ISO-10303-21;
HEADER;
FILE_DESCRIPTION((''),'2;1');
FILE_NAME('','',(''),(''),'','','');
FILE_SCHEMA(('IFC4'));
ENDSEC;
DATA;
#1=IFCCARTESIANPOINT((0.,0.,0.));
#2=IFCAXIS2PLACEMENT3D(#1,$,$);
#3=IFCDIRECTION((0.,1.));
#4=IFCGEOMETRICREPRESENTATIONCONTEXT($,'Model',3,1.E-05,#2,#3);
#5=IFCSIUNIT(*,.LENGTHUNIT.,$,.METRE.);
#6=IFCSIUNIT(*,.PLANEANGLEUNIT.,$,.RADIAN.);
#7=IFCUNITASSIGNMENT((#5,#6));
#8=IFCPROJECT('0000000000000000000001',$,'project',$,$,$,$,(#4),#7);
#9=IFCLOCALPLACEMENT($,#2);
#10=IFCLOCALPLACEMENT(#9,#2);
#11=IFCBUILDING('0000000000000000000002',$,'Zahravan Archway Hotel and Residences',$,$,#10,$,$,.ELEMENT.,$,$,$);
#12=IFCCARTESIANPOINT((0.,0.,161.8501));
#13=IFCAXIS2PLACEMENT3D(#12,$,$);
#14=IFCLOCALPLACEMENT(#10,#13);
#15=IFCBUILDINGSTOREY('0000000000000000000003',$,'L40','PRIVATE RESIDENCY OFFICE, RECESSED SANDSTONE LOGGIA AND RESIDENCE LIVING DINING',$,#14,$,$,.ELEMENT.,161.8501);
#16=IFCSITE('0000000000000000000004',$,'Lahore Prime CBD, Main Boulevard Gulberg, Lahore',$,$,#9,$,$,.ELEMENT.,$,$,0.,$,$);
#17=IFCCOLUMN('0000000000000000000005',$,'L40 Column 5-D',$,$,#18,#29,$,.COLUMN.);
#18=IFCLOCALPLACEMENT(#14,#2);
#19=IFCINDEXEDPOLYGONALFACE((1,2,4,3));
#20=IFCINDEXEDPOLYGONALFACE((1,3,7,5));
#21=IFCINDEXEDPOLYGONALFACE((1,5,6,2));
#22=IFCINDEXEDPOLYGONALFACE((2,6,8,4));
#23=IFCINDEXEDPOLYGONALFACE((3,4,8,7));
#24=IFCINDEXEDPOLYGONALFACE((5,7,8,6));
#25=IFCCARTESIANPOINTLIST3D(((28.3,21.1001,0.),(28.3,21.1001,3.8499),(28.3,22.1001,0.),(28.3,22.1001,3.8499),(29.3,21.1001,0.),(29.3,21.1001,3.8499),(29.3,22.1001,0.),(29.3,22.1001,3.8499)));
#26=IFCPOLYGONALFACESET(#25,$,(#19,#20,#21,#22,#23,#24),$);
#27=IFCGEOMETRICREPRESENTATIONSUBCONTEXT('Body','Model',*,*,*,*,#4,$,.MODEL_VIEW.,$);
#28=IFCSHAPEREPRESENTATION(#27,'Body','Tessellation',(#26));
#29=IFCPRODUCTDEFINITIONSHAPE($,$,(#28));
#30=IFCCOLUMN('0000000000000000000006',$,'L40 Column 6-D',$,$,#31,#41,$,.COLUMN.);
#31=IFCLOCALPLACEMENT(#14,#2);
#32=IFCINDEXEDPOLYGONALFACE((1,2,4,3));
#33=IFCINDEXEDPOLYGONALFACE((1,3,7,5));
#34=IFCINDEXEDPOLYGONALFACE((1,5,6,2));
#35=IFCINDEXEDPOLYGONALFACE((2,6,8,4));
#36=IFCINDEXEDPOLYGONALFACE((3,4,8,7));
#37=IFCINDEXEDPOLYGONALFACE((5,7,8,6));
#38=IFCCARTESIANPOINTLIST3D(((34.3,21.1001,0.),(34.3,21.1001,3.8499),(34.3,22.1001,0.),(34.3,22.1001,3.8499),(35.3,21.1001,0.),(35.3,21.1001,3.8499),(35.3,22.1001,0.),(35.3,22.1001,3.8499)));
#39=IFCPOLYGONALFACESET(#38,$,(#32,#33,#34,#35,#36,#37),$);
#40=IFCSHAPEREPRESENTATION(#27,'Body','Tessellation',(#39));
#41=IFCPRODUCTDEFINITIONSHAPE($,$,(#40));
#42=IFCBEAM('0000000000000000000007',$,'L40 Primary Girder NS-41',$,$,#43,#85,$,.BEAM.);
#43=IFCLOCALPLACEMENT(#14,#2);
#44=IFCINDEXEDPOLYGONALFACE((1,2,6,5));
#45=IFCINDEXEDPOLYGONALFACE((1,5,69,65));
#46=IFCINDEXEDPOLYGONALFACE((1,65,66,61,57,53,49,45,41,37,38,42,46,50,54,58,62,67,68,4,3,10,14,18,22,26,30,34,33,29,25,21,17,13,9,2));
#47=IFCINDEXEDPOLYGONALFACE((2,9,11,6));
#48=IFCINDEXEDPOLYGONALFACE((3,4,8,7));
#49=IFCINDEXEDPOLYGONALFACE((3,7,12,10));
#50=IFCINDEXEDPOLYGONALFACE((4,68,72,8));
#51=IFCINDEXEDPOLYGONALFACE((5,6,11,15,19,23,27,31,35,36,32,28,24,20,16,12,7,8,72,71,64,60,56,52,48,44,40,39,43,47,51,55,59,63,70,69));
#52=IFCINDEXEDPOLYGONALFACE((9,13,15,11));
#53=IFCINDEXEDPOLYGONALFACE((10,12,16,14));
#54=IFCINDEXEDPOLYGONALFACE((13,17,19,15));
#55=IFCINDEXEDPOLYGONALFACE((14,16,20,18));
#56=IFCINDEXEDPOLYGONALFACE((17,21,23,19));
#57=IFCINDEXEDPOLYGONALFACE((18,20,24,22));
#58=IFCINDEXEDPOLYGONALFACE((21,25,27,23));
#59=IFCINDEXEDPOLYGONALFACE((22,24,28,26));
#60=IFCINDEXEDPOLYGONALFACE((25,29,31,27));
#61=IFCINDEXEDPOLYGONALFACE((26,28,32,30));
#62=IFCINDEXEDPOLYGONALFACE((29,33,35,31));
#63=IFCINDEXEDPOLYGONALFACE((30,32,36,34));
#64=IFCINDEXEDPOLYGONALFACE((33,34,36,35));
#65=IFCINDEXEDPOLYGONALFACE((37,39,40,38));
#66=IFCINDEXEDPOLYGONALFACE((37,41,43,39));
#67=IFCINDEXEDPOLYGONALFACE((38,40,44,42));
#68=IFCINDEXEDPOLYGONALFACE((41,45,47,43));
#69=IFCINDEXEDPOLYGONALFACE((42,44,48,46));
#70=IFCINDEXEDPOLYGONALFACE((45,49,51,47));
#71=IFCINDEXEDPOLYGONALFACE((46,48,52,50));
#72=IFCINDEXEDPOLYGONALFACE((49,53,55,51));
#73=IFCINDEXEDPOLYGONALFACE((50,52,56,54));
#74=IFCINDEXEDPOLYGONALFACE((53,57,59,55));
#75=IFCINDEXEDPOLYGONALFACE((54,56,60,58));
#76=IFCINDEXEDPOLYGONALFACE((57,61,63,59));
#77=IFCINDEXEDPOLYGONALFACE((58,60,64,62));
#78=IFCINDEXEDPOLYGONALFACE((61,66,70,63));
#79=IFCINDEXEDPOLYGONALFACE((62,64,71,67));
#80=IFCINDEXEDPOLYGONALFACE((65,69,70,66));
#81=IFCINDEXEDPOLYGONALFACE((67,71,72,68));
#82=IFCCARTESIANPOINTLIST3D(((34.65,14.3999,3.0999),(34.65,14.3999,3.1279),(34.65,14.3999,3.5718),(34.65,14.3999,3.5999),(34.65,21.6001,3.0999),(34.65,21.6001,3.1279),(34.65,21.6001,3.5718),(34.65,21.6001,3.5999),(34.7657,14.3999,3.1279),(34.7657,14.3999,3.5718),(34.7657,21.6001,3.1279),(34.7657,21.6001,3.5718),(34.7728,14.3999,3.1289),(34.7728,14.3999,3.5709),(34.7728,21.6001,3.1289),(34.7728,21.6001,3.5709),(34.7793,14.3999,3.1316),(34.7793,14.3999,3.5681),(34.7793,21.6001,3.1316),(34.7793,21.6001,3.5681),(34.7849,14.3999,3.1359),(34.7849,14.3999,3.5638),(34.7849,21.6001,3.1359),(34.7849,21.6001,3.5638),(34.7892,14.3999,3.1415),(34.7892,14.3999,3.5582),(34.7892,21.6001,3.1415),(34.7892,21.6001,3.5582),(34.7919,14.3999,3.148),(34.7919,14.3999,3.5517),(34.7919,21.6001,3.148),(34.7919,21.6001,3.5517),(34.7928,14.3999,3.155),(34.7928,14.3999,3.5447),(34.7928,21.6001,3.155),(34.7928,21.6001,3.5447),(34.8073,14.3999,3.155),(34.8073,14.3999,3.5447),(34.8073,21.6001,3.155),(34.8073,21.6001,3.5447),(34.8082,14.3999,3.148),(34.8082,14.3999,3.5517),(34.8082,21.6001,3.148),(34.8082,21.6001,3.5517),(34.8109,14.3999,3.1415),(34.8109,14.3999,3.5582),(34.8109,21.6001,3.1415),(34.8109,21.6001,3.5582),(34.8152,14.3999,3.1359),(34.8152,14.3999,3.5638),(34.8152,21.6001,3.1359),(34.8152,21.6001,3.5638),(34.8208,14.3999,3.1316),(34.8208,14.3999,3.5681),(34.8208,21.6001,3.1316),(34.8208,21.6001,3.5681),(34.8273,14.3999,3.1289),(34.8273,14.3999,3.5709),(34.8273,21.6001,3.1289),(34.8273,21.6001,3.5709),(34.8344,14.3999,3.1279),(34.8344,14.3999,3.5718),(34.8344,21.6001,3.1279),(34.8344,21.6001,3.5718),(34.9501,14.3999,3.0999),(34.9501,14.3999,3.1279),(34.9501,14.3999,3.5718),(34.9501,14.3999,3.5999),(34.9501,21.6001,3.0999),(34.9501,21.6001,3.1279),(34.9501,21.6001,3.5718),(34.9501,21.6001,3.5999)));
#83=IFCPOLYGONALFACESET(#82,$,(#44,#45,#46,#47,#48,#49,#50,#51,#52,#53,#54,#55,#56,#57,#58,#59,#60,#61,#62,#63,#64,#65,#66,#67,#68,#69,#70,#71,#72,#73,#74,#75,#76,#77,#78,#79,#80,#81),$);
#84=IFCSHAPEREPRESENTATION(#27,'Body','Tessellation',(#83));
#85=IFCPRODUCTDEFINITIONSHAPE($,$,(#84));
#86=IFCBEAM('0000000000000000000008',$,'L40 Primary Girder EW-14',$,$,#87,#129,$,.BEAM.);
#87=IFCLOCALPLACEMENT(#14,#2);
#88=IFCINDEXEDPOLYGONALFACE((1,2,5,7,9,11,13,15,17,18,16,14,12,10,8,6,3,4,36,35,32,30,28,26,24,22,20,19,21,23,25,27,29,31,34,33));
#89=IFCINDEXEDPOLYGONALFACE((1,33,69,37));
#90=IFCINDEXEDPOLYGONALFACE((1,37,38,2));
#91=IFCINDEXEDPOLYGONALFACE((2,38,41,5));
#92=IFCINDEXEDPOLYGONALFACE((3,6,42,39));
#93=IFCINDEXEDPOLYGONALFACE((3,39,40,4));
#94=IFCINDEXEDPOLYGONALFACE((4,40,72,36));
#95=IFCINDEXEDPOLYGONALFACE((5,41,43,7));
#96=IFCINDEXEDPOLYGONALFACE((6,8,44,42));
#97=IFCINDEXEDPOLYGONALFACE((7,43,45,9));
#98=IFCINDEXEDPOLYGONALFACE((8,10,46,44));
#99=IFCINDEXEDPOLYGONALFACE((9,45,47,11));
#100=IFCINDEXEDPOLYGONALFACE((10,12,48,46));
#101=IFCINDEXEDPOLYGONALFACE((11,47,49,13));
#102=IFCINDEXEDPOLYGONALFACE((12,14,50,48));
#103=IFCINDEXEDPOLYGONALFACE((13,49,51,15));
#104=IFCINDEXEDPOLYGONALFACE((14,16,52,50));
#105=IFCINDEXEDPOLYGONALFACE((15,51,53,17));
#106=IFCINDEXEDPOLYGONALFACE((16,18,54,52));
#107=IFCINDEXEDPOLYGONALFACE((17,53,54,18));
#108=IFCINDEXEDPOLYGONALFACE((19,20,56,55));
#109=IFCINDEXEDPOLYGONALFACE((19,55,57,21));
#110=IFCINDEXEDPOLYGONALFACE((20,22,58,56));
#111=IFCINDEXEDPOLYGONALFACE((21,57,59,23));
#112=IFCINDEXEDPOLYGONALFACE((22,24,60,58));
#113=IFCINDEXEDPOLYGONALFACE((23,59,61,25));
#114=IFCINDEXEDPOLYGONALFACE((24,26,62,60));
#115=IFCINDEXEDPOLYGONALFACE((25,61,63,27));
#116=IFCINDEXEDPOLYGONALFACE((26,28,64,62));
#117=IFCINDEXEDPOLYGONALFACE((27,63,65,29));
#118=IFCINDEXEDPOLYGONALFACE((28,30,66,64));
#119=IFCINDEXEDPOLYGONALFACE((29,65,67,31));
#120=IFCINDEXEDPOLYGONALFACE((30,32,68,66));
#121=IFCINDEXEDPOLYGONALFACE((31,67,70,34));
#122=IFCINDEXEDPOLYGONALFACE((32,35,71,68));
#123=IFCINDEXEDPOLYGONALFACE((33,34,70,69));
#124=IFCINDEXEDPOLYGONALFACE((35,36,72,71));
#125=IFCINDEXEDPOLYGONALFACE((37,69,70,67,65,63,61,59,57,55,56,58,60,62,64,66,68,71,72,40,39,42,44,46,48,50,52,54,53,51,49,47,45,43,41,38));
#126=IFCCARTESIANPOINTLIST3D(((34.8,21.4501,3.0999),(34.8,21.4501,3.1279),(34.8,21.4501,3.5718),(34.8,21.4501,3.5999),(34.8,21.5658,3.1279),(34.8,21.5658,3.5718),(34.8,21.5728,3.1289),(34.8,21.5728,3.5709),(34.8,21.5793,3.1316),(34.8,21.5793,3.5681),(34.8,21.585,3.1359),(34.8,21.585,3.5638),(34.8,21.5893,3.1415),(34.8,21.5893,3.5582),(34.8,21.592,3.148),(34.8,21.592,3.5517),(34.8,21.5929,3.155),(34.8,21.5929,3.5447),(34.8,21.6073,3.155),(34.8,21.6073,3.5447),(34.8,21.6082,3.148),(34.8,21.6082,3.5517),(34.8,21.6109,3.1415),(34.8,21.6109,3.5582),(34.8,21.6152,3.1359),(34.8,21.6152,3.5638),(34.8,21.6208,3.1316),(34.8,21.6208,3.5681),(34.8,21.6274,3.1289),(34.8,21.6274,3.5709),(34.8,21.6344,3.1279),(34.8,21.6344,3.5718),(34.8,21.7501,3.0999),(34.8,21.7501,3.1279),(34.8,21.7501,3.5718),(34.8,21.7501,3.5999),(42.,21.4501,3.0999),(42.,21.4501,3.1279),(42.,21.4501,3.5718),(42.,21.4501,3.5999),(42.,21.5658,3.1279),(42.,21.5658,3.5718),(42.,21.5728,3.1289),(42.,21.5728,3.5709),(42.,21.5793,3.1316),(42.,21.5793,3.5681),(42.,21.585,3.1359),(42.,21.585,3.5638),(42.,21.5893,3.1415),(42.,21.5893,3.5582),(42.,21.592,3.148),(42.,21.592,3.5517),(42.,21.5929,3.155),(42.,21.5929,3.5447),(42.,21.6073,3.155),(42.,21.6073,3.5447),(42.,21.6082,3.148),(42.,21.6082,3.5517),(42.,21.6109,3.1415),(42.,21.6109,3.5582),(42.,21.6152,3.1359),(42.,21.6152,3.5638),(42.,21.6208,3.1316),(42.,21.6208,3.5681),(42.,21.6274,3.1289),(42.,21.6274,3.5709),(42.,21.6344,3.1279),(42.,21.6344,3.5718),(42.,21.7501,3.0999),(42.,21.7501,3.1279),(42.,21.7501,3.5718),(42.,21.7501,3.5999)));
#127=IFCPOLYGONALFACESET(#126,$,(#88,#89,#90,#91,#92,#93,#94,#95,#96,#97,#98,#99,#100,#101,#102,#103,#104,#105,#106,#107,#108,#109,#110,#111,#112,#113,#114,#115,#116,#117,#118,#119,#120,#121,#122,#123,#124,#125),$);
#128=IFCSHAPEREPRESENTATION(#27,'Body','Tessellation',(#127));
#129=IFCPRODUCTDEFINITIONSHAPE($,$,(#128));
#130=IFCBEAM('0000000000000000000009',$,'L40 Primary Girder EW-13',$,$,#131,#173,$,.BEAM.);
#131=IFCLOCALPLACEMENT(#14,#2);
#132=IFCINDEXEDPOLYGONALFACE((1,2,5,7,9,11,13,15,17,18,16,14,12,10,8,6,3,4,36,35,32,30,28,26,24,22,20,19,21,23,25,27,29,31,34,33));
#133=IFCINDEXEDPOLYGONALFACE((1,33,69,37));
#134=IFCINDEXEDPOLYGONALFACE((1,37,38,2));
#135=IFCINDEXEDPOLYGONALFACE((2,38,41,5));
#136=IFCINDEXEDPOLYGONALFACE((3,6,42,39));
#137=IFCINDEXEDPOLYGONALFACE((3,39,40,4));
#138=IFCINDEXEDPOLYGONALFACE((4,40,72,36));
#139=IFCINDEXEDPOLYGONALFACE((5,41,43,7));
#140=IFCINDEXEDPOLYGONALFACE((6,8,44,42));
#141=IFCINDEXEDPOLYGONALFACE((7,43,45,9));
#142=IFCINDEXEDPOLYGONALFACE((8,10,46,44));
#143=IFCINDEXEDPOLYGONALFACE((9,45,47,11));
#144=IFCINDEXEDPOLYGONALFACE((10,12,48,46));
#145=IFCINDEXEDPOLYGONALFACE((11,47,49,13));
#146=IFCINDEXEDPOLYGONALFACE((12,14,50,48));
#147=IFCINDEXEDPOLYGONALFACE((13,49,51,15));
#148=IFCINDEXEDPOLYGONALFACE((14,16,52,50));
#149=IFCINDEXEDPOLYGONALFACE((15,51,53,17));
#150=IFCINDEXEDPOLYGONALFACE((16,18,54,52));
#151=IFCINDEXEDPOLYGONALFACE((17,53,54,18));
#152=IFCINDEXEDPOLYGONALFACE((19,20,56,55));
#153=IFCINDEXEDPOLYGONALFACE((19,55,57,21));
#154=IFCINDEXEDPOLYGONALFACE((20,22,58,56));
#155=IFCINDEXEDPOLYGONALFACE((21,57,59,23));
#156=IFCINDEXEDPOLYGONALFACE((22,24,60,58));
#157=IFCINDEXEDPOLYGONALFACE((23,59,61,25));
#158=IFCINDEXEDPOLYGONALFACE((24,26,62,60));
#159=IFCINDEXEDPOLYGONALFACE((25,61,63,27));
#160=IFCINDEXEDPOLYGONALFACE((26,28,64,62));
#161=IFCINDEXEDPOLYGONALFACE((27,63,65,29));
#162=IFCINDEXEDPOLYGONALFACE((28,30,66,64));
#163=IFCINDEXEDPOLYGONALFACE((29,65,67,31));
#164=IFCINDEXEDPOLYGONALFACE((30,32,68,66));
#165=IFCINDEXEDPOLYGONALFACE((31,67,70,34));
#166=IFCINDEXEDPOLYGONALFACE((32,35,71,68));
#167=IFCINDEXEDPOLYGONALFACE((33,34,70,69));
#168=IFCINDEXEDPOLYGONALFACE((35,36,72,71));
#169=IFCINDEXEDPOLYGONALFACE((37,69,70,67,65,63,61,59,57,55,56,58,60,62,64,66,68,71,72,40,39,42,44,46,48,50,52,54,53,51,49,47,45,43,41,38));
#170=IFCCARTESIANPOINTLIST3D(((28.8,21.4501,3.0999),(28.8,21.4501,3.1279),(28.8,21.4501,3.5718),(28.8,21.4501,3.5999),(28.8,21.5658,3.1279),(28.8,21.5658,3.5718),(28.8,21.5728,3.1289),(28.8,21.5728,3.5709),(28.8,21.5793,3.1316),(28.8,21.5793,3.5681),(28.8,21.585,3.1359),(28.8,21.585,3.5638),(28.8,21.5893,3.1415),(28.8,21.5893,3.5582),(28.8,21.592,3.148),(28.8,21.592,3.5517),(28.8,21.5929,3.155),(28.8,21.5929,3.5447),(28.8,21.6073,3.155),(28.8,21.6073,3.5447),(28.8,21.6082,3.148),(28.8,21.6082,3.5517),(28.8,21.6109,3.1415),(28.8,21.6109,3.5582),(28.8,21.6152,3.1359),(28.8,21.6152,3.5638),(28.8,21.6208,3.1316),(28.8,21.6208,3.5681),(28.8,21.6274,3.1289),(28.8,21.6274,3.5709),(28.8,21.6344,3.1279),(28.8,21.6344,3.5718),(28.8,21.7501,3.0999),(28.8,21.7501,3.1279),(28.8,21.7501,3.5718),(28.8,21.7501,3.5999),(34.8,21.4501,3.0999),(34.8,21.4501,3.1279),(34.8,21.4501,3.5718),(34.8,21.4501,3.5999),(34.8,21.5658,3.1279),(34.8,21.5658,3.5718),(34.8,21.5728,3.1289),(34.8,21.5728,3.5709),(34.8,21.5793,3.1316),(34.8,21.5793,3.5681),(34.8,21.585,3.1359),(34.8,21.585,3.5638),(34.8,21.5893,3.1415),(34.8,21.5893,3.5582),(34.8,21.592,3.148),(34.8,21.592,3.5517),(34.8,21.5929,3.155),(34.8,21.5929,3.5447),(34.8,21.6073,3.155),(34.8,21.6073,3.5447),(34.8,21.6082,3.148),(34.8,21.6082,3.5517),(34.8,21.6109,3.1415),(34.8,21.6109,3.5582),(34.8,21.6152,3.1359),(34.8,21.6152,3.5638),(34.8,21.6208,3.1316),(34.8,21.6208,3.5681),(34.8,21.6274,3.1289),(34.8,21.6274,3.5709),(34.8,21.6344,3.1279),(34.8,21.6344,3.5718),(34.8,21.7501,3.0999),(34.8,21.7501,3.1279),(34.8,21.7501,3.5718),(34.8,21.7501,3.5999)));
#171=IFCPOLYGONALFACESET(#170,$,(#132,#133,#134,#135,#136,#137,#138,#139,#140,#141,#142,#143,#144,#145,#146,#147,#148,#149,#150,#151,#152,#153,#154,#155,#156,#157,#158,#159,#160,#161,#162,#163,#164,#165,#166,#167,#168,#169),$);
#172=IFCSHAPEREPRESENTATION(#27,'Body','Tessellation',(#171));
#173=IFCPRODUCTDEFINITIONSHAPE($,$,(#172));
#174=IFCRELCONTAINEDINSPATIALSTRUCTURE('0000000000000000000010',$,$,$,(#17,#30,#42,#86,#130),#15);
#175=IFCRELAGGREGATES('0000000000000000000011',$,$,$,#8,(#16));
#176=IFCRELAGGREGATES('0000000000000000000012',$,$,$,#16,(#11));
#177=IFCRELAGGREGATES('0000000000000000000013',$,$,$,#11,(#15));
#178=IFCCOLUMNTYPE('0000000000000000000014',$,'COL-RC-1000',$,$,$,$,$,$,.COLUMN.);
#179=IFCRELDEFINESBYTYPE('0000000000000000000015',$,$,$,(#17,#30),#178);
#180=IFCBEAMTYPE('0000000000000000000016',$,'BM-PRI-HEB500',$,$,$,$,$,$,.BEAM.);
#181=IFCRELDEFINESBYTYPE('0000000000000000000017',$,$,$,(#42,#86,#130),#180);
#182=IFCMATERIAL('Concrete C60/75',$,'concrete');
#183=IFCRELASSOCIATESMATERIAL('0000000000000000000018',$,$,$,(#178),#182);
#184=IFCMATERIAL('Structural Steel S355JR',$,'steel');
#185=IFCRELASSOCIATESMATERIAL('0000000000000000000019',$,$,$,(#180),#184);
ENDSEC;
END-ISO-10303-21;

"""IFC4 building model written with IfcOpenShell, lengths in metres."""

from ifc_helpers import new_model, si_unit, direction, frame, origin, origin_2d, place, context, subcontext, project, spatial, rectangle, i_section, extrude, source, transform, mapped, material, material_profile, profile_set, type_object, type_shapes, element, save


model = new_model("IFC4")

# Units and contexts
model_context = context("Model", 3, precision=1e-05, world=origin(), true_north=direction((0.0, 1.0)))
body_context = subcontext(model_context, "Body", "Model", "MODEL_VIEW")
ifc_project = project(units=[si_unit("LENGTHUNIT", "METRE"), si_unit("PLANEANGLEUNIT", "RADIAN")], contexts=[model_context])

# Site, building, storey
site_placement = place(None, origin())
site = spatial("IfcSite", under=ifc_project, at=site_placement, Name="Lahore Prime CBD, Main Boulevard Gulberg, Lahore", CompositionType="ELEMENT", RefElevation=0.0)
building_placement = place(site_placement, origin())
building = spatial("IfcBuilding", under=site, at=building_placement, Name="Zahravan Archway Hotel and Residences", CompositionType="ELEMENT")
storey_placement = place(building_placement, frame((0.0, 0.0, 161.8501)))
storey = spatial("IfcBuildingStorey", under=building, at=storey_placement, Name="L40", Description="PRIVATE RESIDENCY OFFICE, RECESSED SANDSTONE LOGGIA AND RESIDENCE LIVING DINING", CompositionType="ELEMENT", Elevation=161.8501)

# Columns
ifc_material_1 = material(Name="Concrete C60/75", Category="concrete")
ifc_material_profile_1 = material_profile(ifc_material_1, rectangle(XDim=1.0, YDim=1.0, at=origin_2d()), Name="RC-COL-1000x1000", Category="concrete")
ifc_profile_set_1 = profile_set([ifc_material_profile_1], Name="Concrete C60/75")
column_type = type_object("IfcColumnType", Name="COL-RC-1000", PredefinedType="COLUMN", material=ifc_profile_set_1)
shared_shape_1 = source(origin(), body_context, "Body", "SweptSolid", [
    extrude(rectangle(XDim=1.0, YDim=1.0, at=origin_2d()), origin(), (0.0, 0.0, 1.0), 3.8499),
])
for number, where, z_axis, x_axis, name in (
    (1, (28.8, 21.6001, 0.0), (0.0, 0.0, 1.0), (1.0, 0.0, 0.0), "L40 Column 5-D"),
    (2, (34.8, 21.6001, 0.0), (0.0, 0.0, 1.0), (1.0, 0.0, 0.0), "L40 Column 6-D"),
):
    element("IfcColumn", number, at=place(storey_placement, frame(where, z_axis=z_axis, x_axis=x_axis)), inside=storey, type_object=column_type, Name=name, PredefinedType="COLUMN", context=body_context, shape_type="MappedRepresentation", body=[
        mapped(shared_shape_1, transform((0.0, 0.0, 0.0), scale=1.0)),
    ])

# Beams
ifc_material_2 = material(Name="Structural Steel S355JR", Category="steel")
ifc_material_profile_2 = material_profile(ifc_material_2, i_section(OverallWidth=0.3, OverallDepth=0.5, WebThickness=0.0144, FlangeThickness=0.0281, FilletRadius=0.0271, at=origin_2d()), Name="HEB 500", Category="steel")
ifc_profile_set_2 = profile_set([ifc_material_profile_2], Name="Structural Steel S355JR")
beam_type_1 = type_object("IfcBeamType", Name="BM-PRI-HEB500", PredefinedType="BEAM", material=ifc_profile_set_2)
shared_shape_2 = source(origin(), body_context, "Body", "SweptSolid", [
    extrude(i_section(OverallWidth=0.3, OverallDepth=0.5, WebThickness=0.0144, FlangeThickness=0.0281, FilletRadius=0.0271, at=origin_2d()), origin(), (0.0, 0.0, 1.0), 7.2002),
])
type_shapes(beam_type_1, [shared_shape_2])
beam_1_placement = place(storey_placement, frame((34.8, 14.3999, 3.3499), z_axis=(0.0, 1.0, 0.0), x_axis=(-1.0, 0.0, 0.0)))
element("IfcBeam", 3, at=beam_1_placement, inside=storey, type_object=beam_type_1, Name="L40 Primary Girder NS-41", PredefinedType="BEAM", context=body_context, shape_type="MappedRepresentation", body=[
    mapped(shared_shape_2, transform((0.0, 0.0, 0.0), scale=1.0)),
])
shared_shape_3 = source(origin(), body_context, "Body", "SweptSolid", [
    extrude(i_section(OverallWidth=0.3, OverallDepth=0.5, WebThickness=0.0144, FlangeThickness=0.0281, FilletRadius=0.0271, at=origin_2d()), origin(), (0.0, 0.0, 1.0), 7.2),
])
beam_2_placement = place(storey_placement, frame((34.8, 21.6001, 3.3499), z_axis=(1.0, 0.0, 0.0), x_axis=(0.0, 1.0, 0.0)))
element("IfcBeam", 4, at=beam_2_placement, inside=storey, type_object=beam_type_1, Name="L40 Primary Girder EW-14", PredefinedType="BEAM", context=body_context, shape_type="MappedRepresentation", body=[
    mapped(shared_shape_3, transform((0.0, 0.0, 0.0), scale=1.0)),
])
shared_shape_4 = source(origin(), body_context, "Body", "SweptSolid", [
    extrude(i_section(OverallWidth=0.3, OverallDepth=0.5, WebThickness=0.0144, FlangeThickness=0.0281, FilletRadius=0.0271, at=origin_2d()), origin(), (0.0, 0.0, 1.0), 6.0),
])
beam_3_placement = place(storey_placement, frame((28.8, 21.6001, 3.3499), z_axis=(1.0, 0.0, 0.0), x_axis=(0.0, 1.0, 0.0)))
element("IfcBeam", 5, at=beam_3_placement, inside=storey, type_object=beam_type_1, Name="L40 Primary Girder EW-13", PredefinedType="BEAM", context=body_context, shape_type="MappedRepresentation", body=[
    mapped(shared_shape_4, transform((0.0, 0.0, 0.0), scale=1.0)),
])

save(model, "model.ifc")
